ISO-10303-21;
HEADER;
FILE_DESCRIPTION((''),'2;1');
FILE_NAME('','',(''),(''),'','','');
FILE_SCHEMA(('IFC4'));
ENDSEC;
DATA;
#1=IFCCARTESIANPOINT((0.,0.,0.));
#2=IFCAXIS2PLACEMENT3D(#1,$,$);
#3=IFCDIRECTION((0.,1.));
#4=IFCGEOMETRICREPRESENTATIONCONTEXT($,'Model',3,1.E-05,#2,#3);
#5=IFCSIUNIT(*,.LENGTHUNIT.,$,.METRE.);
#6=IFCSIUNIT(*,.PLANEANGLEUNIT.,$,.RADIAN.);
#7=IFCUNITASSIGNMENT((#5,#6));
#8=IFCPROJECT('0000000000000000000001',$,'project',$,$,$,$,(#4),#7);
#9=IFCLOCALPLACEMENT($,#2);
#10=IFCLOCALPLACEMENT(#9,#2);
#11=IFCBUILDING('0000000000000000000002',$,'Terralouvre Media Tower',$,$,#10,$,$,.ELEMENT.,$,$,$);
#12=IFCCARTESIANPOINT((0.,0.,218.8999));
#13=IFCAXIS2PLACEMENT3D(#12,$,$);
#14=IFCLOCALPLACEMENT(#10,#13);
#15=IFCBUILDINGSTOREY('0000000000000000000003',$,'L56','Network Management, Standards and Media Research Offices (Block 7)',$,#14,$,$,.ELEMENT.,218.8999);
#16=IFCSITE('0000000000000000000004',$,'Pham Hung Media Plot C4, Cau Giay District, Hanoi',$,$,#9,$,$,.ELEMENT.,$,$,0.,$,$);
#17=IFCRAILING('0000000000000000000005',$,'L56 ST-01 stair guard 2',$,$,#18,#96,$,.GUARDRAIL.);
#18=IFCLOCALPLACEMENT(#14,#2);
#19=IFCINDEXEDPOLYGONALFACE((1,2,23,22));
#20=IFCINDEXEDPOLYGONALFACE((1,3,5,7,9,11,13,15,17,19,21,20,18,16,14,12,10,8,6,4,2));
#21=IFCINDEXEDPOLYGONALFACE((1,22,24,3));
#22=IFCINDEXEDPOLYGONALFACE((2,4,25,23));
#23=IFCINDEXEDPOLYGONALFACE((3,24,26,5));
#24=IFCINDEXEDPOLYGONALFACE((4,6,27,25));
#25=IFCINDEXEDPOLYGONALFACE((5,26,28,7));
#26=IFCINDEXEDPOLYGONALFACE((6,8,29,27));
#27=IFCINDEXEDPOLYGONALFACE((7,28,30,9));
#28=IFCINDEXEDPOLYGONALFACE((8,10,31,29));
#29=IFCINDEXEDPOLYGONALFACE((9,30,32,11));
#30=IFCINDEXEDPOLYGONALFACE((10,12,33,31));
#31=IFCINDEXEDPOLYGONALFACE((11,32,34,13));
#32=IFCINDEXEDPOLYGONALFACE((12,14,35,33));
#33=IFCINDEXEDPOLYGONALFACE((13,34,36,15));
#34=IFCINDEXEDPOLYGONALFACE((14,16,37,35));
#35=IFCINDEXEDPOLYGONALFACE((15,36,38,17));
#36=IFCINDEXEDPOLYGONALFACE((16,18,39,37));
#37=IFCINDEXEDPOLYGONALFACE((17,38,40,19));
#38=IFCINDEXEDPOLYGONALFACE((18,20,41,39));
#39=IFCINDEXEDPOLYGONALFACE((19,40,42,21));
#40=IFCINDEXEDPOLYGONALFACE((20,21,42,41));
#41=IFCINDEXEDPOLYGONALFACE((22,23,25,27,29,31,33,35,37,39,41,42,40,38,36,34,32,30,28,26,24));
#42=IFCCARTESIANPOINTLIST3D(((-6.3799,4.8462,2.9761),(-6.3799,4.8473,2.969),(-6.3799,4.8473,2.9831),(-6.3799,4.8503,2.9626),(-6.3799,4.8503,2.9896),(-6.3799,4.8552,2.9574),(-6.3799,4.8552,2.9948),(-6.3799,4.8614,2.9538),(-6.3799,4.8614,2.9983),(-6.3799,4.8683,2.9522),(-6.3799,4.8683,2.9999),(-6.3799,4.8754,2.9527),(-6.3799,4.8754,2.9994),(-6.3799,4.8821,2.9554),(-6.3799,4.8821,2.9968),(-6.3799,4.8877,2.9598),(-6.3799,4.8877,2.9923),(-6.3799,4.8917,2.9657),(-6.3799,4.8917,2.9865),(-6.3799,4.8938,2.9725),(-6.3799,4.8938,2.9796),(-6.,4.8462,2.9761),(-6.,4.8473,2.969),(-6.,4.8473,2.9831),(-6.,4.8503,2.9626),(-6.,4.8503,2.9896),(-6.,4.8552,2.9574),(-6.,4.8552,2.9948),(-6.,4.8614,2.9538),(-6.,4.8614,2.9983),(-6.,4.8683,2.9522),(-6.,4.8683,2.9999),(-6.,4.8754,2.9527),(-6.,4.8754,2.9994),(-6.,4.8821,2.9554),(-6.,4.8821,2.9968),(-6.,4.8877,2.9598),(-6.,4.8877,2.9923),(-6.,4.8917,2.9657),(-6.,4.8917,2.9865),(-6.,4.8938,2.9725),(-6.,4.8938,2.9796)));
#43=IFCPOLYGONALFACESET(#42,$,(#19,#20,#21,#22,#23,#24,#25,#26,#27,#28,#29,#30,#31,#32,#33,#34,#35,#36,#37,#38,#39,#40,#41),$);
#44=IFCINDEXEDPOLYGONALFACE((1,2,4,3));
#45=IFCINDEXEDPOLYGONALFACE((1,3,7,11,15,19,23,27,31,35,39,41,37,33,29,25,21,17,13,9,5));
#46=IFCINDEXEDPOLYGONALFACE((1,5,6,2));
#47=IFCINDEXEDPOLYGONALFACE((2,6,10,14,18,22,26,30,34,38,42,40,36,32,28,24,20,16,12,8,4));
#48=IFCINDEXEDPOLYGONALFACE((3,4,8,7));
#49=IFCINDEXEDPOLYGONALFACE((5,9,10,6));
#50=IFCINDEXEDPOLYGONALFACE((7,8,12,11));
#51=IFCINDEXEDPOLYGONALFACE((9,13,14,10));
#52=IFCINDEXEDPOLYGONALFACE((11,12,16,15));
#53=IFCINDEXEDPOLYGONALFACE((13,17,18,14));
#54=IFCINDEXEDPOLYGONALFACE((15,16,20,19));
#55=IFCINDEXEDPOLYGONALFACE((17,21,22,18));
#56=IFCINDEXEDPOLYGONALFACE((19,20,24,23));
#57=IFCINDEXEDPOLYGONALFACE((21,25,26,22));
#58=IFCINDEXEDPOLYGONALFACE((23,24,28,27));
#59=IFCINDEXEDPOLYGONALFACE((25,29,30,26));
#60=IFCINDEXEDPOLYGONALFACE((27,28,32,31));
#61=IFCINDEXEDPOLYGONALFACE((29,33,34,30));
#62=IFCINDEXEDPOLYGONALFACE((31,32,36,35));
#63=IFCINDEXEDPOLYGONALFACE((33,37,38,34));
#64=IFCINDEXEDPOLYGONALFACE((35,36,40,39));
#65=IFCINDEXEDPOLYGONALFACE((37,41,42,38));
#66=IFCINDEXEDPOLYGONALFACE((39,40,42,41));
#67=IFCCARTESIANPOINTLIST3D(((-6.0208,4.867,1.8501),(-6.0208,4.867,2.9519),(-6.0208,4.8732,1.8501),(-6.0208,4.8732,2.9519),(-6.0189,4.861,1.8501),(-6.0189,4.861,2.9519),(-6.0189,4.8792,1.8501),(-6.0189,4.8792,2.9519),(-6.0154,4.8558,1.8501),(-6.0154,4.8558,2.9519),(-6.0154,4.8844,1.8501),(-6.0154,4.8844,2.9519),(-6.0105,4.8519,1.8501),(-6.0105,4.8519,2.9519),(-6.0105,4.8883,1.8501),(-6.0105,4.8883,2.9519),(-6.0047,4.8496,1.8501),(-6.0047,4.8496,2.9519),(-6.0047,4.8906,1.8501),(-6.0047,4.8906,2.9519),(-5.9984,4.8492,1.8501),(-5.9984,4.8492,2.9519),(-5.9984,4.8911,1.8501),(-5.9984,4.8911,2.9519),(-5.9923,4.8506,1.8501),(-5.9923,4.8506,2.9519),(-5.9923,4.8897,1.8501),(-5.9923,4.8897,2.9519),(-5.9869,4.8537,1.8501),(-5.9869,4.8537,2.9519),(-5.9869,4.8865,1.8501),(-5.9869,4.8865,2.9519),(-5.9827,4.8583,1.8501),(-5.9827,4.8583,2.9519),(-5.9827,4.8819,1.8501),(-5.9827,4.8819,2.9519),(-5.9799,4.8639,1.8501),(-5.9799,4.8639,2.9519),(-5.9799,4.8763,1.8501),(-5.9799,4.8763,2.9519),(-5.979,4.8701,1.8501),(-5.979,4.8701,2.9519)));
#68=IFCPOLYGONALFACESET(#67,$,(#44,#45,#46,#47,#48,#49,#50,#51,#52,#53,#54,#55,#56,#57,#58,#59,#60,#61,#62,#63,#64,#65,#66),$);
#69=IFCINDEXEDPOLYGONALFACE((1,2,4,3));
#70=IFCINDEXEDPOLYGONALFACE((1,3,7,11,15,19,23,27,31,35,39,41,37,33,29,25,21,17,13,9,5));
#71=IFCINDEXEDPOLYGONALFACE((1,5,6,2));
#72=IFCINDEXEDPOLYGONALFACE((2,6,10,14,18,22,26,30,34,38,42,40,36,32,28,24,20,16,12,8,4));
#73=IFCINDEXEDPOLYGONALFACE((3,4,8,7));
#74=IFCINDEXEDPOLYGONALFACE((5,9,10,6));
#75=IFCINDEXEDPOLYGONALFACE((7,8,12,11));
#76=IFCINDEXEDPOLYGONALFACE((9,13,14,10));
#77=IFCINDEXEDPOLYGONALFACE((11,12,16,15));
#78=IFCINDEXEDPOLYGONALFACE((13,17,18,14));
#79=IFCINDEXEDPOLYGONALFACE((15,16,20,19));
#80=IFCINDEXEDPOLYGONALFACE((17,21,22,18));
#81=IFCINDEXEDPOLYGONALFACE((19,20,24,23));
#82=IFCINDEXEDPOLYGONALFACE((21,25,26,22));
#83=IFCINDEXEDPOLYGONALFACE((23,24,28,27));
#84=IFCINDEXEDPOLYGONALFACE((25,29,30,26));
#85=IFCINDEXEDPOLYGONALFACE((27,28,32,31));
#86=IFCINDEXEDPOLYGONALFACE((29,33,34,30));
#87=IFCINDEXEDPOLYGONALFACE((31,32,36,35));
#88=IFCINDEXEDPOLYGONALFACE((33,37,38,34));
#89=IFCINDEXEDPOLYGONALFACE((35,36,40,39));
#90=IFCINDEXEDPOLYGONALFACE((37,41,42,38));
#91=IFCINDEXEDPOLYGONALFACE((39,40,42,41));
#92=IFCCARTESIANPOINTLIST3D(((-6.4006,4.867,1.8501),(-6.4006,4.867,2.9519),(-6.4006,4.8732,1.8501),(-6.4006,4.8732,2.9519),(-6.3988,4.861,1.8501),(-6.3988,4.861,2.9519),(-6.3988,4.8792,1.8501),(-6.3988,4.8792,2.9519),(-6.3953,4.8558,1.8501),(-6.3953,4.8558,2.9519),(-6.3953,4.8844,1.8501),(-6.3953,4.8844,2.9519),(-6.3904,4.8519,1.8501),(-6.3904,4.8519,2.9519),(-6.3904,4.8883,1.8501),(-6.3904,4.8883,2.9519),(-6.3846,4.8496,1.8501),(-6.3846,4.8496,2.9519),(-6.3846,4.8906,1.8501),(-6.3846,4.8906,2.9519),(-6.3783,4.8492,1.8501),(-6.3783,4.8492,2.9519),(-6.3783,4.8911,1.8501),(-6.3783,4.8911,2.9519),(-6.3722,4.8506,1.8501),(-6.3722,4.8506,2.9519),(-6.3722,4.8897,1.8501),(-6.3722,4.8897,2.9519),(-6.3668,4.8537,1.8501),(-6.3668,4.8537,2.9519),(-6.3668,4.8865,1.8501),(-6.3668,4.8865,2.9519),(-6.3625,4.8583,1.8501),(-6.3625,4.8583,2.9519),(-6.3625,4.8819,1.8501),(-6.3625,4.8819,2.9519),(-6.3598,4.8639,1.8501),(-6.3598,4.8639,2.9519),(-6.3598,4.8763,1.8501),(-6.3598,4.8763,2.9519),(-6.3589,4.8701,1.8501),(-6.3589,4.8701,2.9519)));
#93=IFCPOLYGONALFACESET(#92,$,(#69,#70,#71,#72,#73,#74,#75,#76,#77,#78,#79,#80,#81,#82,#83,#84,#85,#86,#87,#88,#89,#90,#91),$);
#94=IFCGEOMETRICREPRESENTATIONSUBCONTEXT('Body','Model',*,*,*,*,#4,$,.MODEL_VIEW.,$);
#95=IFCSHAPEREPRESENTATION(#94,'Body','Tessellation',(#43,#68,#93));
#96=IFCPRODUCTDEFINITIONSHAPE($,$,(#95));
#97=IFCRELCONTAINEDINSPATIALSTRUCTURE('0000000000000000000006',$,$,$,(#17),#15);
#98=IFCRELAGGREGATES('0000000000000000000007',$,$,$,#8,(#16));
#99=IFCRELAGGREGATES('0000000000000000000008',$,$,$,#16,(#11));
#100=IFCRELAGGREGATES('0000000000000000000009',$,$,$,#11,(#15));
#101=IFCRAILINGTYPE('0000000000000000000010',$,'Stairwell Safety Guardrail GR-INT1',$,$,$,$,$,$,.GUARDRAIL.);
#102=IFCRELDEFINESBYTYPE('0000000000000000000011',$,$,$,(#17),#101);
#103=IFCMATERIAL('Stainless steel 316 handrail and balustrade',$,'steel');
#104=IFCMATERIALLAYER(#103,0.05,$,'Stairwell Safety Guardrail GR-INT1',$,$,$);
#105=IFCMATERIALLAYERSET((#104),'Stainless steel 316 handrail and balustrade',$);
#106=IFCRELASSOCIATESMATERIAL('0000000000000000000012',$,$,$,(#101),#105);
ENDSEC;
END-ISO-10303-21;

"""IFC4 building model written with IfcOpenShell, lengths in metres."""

from ifc_helpers import new_model, si_unit, direction, frame, origin, origin_2d, place, context, subcontext, project, spatial, circle, extrude, material, layer, layer_set, type_object, element, save


model = new_model("IFC4")

# Units and contexts
model_context = context("Model", 3, precision=1e-05, world=origin(), true_north=direction((0.0, 1.0)))
body_context = subcontext(model_context, "Body", "Model", "MODEL_VIEW")
ifc_project = project(units=[si_unit("LENGTHUNIT", "METRE"), si_unit("PLANEANGLEUNIT", "RADIAN")], contexts=[model_context])

# Site, building, storey
site_placement = place(None, origin())
site = spatial("IfcSite", under=ifc_project, at=site_placement, Name="Pham Hung Media Plot C4, Cau Giay District, Hanoi", CompositionType="ELEMENT", RefElevation=0.0)
building_placement = place(site_placement, origin())
building = spatial("IfcBuilding", under=site, at=building_placement, Name="Terralouvre Media Tower", CompositionType="ELEMENT")
storey_placement = place(building_placement, frame((0.0, 0.0, 218.8999)))
storey = spatial("IfcBuildingStorey", under=building, at=storey_placement, Name="L56", Description="Network Management, Standards and Media Research Offices (Block 7)", CompositionType="ELEMENT", Elevation=218.8999)

# Railing
ifc_material_1 = material(Name="Stainless steel 316 handrail and balustrade", Category="steel")
ifc_layer_1 = layer(ifc_material_1, 0.05, Name="Stairwell Safety Guardrail GR-INT1")
ifc_layer_set_1 = layer_set([ifc_layer_1], Name="Stainless steel 316 handrail and balustrade")
railing_type_1 = type_object("IfcRailingType", Name="Stairwell Safety Guardrail GR-INT1", PredefinedType="GUARDRAIL", material=ifc_layer_set_1)
railing_1_placement = place(storey_placement, frame((-6.0, 4.8701, 1.8501)))
element("IfcRailing", 1, at=railing_1_placement, inside=storey, type_object=railing_type_1, Name="L56 ST-01 stair guard 2", PredefinedType="GUARDRAIL", context=body_context, shape_type="SweptSolid", body=[
    extrude(circle(Radius=0.0239, at=origin_2d()), frame((0.0, 0.0, 1.126), z_axis=(-1.0, 0.0, 0.0), x_axis=(0.0, -1.0, 0.0)), (0.0, 0.0, 1.0), 0.3799),
    extrude(circle(Radius=0.021, at=origin_2d()), origin(), (0.0, 0.0, 1.0), 1.1018),
    extrude(circle(Radius=0.021, at=origin_2d()), frame((-0.3799, 0.0, 0.0)), (0.0, 0.0, 1.0), 1.1018),
])

save(model, "model.ifc")
